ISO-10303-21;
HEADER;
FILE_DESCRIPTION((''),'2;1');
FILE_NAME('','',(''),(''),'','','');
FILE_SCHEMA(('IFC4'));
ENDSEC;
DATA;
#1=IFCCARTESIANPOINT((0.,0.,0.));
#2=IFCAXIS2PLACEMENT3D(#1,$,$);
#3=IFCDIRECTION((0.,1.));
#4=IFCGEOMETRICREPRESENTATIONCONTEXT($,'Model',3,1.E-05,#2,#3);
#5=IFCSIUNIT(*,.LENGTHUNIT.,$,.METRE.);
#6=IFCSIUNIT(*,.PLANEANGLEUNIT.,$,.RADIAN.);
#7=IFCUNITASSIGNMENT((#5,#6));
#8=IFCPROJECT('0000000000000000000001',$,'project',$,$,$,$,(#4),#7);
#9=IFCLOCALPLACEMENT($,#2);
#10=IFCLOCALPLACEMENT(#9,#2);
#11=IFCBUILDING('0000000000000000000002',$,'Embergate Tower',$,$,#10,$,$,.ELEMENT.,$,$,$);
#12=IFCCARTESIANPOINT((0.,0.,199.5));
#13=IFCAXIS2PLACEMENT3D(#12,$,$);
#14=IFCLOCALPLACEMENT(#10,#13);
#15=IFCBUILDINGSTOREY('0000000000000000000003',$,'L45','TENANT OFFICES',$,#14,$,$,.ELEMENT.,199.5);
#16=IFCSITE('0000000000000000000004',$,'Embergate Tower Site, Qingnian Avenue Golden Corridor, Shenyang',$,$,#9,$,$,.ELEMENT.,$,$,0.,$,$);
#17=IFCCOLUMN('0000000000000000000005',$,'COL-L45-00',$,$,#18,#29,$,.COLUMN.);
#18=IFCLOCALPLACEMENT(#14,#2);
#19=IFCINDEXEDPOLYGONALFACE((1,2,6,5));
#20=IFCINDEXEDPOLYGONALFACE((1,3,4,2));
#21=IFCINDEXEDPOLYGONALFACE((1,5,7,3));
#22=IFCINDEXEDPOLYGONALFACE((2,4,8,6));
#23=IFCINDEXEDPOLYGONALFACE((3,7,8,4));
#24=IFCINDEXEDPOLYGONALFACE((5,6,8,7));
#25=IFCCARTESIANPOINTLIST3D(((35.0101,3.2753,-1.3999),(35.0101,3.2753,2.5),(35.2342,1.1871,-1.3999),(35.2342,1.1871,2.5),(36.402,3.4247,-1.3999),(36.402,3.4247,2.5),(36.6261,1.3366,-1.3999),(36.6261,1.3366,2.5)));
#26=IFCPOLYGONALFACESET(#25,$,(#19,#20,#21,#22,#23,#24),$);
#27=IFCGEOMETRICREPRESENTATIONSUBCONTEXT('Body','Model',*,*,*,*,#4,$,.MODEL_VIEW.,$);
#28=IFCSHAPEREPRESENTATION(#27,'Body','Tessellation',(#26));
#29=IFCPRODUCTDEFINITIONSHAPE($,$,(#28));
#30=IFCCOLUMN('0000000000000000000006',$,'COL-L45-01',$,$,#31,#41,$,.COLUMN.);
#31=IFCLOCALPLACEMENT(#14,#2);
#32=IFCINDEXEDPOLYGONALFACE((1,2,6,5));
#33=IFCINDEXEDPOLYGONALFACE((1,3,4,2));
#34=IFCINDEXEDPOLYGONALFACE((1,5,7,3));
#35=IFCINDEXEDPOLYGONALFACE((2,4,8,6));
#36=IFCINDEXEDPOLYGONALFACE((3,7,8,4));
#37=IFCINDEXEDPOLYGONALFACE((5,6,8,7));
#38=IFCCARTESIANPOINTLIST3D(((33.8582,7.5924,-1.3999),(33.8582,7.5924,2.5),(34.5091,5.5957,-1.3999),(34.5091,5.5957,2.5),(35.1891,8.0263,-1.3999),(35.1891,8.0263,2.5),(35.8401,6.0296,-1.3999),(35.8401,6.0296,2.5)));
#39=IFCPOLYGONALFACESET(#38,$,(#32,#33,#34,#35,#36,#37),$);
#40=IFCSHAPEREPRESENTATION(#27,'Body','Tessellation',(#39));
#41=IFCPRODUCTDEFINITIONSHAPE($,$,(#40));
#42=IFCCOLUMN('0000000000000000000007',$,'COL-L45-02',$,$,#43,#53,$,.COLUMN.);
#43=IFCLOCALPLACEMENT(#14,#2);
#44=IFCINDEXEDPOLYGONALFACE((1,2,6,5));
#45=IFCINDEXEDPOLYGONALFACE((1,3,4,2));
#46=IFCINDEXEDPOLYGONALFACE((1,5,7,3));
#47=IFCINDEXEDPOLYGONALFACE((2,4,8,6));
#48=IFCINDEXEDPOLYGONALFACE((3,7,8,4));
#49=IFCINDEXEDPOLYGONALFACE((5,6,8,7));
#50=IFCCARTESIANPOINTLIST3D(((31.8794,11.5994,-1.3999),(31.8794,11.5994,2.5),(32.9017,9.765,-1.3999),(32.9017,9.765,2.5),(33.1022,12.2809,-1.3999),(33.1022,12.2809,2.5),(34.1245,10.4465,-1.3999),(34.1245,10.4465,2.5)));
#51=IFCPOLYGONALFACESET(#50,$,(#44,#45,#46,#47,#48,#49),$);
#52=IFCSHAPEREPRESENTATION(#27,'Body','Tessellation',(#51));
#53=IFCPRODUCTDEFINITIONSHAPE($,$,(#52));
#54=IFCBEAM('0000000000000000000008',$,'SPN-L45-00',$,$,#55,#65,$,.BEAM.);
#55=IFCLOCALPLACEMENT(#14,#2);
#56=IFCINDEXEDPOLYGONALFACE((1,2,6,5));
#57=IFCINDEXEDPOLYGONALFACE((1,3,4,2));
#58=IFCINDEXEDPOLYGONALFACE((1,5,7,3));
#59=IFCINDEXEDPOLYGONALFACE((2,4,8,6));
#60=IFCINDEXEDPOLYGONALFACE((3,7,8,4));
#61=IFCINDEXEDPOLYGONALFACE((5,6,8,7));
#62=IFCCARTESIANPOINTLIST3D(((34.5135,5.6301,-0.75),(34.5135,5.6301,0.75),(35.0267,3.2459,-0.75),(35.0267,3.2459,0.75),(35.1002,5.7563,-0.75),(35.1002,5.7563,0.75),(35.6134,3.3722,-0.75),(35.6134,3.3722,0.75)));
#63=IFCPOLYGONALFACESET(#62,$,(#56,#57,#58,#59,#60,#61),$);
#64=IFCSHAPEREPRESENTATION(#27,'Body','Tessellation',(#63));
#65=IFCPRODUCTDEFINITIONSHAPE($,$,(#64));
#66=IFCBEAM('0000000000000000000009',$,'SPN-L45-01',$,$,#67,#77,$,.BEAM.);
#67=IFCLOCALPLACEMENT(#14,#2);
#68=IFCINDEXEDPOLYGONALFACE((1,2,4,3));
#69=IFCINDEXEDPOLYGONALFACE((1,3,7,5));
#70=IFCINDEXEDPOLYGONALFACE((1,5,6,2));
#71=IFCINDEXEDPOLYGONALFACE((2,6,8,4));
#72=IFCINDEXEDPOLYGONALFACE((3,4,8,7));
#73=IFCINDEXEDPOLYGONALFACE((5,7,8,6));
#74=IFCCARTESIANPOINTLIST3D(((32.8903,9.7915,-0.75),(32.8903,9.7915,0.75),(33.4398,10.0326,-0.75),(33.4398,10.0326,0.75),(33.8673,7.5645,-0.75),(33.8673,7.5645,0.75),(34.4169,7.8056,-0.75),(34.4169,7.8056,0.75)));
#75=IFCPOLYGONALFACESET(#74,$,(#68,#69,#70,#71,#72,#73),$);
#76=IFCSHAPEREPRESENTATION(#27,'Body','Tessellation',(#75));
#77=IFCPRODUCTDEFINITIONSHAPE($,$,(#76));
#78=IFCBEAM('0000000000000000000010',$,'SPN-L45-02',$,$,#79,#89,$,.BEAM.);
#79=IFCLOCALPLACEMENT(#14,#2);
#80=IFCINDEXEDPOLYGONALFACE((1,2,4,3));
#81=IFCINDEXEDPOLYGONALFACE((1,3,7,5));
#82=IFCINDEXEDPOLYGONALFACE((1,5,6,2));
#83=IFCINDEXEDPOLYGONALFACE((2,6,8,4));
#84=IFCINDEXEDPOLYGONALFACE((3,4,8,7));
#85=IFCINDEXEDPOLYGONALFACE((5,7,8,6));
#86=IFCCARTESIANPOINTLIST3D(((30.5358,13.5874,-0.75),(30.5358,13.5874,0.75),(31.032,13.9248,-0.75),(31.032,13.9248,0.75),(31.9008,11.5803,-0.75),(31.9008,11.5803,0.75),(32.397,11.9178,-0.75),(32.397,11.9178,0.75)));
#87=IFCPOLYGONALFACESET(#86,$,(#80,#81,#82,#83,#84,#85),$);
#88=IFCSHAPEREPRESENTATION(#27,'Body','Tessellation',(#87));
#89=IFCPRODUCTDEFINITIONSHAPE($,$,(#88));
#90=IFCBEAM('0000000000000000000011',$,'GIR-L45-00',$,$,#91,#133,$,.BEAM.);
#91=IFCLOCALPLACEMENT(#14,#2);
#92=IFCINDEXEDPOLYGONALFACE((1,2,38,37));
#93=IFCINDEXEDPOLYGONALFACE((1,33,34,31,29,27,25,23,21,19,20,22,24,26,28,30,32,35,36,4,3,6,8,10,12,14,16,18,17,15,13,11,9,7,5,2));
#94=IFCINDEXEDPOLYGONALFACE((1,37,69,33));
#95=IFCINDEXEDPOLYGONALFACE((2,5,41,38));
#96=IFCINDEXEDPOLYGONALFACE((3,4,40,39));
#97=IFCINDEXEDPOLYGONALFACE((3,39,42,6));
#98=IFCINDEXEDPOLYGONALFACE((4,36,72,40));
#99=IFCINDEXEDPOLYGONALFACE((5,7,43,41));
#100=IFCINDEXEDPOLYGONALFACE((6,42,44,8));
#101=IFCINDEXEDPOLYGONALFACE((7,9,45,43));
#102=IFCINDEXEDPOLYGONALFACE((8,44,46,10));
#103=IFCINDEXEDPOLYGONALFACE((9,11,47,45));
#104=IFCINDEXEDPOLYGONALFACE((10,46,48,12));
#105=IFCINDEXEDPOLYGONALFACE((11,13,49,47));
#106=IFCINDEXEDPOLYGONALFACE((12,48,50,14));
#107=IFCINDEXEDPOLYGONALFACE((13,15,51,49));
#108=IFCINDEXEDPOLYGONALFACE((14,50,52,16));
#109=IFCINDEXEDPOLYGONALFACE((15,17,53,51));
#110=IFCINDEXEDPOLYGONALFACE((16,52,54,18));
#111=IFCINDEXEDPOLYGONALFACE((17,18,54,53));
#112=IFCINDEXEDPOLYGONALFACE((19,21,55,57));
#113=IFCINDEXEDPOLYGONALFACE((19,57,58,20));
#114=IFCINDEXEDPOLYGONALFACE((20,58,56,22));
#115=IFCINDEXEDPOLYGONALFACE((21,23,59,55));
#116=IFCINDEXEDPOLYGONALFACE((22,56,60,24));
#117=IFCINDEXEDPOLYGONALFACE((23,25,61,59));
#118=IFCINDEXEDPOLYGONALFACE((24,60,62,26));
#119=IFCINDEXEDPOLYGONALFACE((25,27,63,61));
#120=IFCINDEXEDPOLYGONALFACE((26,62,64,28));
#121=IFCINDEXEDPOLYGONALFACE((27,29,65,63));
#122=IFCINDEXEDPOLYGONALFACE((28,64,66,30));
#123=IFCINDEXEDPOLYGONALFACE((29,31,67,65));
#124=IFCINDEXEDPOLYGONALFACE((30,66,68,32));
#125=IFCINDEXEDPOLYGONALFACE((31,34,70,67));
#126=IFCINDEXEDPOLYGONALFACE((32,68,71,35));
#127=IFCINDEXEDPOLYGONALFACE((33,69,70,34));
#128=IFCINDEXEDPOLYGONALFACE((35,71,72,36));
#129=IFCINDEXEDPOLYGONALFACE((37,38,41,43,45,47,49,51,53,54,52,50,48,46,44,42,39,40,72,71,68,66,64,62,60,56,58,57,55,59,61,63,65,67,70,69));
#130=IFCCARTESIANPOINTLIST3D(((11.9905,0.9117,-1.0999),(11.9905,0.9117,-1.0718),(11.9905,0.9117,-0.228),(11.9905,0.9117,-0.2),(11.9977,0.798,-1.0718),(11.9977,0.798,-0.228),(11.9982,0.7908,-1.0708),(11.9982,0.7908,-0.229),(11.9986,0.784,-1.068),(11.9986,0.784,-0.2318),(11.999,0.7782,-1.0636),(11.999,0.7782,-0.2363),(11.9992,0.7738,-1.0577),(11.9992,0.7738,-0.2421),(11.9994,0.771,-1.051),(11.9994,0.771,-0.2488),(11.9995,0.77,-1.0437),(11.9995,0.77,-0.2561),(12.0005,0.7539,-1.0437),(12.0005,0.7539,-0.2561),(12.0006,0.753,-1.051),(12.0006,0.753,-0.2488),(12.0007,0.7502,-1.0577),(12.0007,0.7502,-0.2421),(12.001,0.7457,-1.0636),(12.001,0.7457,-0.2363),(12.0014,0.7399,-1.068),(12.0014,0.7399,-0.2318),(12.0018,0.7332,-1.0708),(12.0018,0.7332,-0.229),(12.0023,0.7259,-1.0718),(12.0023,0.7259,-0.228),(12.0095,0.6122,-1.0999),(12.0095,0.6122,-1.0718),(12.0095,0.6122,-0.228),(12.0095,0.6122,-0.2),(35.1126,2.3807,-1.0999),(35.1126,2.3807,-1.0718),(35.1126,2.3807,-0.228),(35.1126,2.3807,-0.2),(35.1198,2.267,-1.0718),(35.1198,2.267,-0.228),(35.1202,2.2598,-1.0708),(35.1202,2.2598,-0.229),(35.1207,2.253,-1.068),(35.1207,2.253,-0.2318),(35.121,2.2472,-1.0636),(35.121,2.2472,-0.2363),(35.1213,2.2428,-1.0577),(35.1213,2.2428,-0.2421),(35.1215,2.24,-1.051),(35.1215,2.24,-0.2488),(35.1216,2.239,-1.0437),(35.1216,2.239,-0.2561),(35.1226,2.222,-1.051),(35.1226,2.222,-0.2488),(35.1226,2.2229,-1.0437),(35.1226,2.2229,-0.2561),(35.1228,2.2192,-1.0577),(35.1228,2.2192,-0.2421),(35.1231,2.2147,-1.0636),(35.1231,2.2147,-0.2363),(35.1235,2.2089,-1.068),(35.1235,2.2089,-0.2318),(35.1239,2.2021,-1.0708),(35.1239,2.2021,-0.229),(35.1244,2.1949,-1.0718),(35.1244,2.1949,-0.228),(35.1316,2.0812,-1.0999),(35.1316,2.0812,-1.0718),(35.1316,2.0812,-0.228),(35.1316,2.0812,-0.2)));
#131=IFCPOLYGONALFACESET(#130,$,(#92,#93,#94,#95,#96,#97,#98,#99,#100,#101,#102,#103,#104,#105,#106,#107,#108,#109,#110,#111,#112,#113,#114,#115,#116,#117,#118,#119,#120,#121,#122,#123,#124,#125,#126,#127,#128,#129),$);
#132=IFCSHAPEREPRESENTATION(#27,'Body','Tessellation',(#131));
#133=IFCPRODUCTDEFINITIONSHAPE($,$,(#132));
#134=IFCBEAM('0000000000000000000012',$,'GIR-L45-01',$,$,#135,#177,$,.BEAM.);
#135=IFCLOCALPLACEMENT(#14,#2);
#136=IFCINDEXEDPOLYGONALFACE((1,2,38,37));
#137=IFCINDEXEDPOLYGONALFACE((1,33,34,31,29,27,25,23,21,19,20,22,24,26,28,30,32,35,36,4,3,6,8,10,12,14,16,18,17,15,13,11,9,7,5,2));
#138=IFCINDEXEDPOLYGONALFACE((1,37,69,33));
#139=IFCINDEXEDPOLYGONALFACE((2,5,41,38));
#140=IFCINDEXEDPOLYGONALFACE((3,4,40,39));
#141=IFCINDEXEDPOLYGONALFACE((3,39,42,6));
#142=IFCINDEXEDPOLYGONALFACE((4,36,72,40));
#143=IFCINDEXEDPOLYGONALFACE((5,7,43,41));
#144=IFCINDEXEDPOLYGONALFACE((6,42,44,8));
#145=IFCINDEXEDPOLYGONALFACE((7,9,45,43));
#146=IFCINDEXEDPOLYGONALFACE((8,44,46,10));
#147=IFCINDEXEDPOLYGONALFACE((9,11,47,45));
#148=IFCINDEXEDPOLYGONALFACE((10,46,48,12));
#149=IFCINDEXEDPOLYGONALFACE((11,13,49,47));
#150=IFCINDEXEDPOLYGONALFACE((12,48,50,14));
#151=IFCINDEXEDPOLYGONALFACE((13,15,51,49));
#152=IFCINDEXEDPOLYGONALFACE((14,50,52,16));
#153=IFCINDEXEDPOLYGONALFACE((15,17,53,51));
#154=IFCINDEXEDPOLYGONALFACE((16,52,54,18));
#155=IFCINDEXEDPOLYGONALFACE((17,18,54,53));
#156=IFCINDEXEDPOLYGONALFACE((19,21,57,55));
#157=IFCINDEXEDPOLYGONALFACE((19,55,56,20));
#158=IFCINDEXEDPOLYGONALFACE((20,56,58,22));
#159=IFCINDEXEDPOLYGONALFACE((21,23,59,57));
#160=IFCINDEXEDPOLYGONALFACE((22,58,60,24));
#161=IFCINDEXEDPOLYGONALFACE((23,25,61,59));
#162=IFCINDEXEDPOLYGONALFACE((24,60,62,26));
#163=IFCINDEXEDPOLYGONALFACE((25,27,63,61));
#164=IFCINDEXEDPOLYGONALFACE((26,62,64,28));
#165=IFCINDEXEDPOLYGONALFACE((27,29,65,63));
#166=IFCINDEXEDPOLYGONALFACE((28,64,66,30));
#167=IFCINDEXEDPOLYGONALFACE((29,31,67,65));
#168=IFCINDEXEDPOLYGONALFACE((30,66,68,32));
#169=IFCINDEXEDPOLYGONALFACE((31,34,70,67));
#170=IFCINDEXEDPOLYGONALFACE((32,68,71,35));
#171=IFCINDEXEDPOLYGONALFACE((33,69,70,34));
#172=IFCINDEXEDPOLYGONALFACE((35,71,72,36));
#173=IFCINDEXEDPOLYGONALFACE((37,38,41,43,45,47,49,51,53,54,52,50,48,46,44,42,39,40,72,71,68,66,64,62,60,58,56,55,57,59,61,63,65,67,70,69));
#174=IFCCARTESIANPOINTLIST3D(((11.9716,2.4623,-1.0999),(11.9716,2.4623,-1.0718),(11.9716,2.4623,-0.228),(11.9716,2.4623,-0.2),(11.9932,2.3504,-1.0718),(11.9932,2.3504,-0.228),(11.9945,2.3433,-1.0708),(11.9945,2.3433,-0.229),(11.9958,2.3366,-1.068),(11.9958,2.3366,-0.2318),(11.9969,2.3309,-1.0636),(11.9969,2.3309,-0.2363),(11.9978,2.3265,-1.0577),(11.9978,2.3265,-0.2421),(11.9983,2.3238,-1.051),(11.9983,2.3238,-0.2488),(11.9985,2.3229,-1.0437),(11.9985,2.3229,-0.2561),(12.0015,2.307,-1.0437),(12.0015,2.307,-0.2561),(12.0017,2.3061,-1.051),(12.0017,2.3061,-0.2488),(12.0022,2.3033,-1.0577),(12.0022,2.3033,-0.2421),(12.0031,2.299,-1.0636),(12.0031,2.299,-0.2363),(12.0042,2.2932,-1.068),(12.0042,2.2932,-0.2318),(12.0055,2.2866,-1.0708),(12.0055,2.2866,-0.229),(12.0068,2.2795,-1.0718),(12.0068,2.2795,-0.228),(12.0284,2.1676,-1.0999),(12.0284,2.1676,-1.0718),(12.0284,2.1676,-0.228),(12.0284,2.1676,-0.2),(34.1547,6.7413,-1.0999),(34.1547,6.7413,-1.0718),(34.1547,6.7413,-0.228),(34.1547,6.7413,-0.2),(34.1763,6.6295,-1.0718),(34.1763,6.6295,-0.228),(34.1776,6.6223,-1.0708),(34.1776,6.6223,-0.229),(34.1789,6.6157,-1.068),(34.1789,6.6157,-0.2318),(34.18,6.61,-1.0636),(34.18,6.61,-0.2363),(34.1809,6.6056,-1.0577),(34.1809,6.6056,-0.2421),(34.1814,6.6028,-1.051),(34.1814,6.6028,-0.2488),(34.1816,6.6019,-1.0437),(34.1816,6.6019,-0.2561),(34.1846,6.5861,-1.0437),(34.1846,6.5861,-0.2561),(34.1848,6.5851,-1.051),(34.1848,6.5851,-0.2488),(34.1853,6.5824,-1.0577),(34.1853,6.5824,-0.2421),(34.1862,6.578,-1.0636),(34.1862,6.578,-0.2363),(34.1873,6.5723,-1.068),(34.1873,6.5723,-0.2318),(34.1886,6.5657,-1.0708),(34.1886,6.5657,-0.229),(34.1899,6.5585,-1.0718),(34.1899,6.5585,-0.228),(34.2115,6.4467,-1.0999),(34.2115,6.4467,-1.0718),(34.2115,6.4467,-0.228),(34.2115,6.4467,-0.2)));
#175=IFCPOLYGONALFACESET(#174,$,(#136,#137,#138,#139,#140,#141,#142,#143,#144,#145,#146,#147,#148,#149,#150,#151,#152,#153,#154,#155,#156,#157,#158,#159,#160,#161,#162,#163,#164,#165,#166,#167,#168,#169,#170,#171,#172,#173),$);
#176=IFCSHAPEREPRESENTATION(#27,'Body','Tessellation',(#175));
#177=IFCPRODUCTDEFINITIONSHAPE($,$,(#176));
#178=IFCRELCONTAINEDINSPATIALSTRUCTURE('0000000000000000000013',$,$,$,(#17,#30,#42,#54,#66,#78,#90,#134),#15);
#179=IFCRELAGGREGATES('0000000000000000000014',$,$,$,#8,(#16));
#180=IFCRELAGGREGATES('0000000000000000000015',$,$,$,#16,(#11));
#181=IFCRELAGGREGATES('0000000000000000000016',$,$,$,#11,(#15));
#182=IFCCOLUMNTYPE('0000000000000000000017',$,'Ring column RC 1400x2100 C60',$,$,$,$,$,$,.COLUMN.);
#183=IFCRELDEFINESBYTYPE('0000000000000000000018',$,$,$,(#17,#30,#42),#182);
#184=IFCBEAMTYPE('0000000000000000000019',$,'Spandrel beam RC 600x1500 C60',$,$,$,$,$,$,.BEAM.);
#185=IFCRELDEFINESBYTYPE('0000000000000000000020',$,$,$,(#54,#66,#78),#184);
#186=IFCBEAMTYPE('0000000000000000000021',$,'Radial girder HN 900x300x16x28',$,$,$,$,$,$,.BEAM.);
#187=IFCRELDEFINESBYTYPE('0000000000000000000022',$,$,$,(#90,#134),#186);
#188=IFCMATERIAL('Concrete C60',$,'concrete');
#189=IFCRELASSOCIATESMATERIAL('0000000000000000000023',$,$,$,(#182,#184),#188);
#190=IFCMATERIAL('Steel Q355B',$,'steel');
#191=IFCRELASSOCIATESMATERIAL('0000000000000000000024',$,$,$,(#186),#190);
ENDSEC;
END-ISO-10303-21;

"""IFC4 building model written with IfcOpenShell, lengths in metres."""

from ifc_helpers import new_model, si_unit, direction, frame, origin, origin_2d, place, context, subcontext, project, spatial, rectangle, i_section, extrude, source, transform, mapped, material, material_profile, profile_set, type_object, element, save


model = new_model("IFC4")

# Units and contexts
model_context = context("Model", 3, precision=1e-05, world=origin(), true_north=direction((0.0, 1.0)))
body_context = subcontext(model_context, "Body", "Model", "MODEL_VIEW")
ifc_project = project(units=[si_unit("LENGTHUNIT", "METRE"), si_unit("PLANEANGLEUNIT", "RADIAN")], contexts=[model_context])

# Site, building, storey
site_placement = place(None, origin())
site = spatial("IfcSite", under=ifc_project, at=site_placement, Name="Embergate Tower Site, Qingnian Avenue Golden Corridor, Shenyang", CompositionType="ELEMENT", RefElevation=0.0)
building_placement = place(site_placement, origin())
building = spatial("IfcBuilding", under=site, at=building_placement, Name="Embergate Tower", CompositionType="ELEMENT")
storey_placement = place(building_placement, frame((0.0, 0.0, 199.5)))
storey = spatial("IfcBuildingStorey", under=building, at=storey_placement, Name="L45", Description="TENANT OFFICES", CompositionType="ELEMENT", Elevation=199.5)

# Columns
ifc_material_1 = material(Name="Concrete C60", Category="concrete")
ifc_material_profile_1 = material_profile(ifc_material_1, rectangle(XDim=1.3999, YDim=2.1001, at=origin_2d()), Name="RC 1400x2100")
ifc_profile_set_1 = profile_set([ifc_material_profile_1], Name="Concrete C60")
column_type = type_object("IfcColumnType", Name="Ring column RC 1400x2100 C60", PredefinedType="COLUMN", material=ifc_profile_set_1)
shared_shape_1 = source(origin(), body_context, "Body", "SweptSolid", [
    extrude(rectangle(XDim=1.3999, YDim=2.1001, at=origin_2d()), origin(), (0.0, 0.0, 1.0), 3.8999),
])
for number, where, z_axis, x_axis, name in (
    (1, (35.8181, 2.3059, -1.3999), (0.0, 0.0, 1.0), (0.994288, 0.106733, 0.0), "COL-L45-00"),
    (2, (34.8491, 6.811, -1.3999), (0.0, 0.0, 1.0), (0.950754, 0.309946, 0.0), "COL-L45-01"),
    (3, (33.002, 11.0229, -1.3999), (0.0, 0.0, 1.0), (0.8735, 0.486823, 0.0), "COL-L45-02"),
):
    element("IfcColumn", number, at=place(storey_placement, frame(where, z_axis=z_axis, x_axis=x_axis)), inside=storey, type_object=column_type, Name=name, PredefinedType="COLUMN", context=body_context, shape_type="MappedRepresentation", body=[
        mapped(shared_shape_1, transform((0.0, 0.0, 0.0))),
    ])

# Beams
ifc_material_profile_2 = material_profile(ifc_material_1, rectangle(XDim=0.6001, YDim=1.5, at=origin_2d()), Name="RC 600x1500")
ifc_profile_set_2 = profile_set([ifc_material_profile_2], Name="Concrete C60")
beam_type_1 = type_object("IfcBeamType", Name="Spandrel beam RC 600x1500 C60", PredefinedType="BEAM", material=ifc_profile_set_2)
shared_shape_2 = source(origin(), body_context, "Body", "SweptSolid", [
    extrude(rectangle(XDim=0.6001, YDim=1.5, at=origin_2d()), origin(), (0.0, 0.0, 1.0), 2.4387),
])
beam_1_placement = place(storey_placement, frame((35.3201, 3.3091, 0.0), z_axis=(-0.210438, 0.977607, 0.0), x_axis=(-0.977607, -0.210438, 0.0)))
element("IfcBeam", 4, at=beam_1_placement, inside=storey, type_object=beam_type_1, Name="SPN-L45-00", PredefinedType="BEAM", context=body_context, shape_type="MappedRepresentation", body=[
    mapped(shared_shape_2, transform((0.0, 0.0, 0.0))),
])
shared_shape_3 = source(origin(), body_context, "Body", "SweptSolid", [
    extrude(rectangle(XDim=0.6001, YDim=1.5, at=origin_2d()), origin(), (0.0, 0.0, 1.0), 2.4319),
])
beam_2_placement = place(storey_placement, frame((34.1421, 7.6851, 0.0), z_axis=(-0.401756, 0.915747, 0.0), x_axis=(-0.915747, -0.401756, 0.0)))
element("IfcBeam", 5, at=beam_2_placement, inside=storey, type_object=beam_type_1, Name="SPN-L45-01", PredefinedType="BEAM", context=body_context, shape_type="MappedRepresentation", body=[
    mapped(shared_shape_3, transform((0.0, 0.0, 0.0))),
])
shared_shape_4 = source(origin(), body_context, "Body", "SweptSolid", [
    extrude(rectangle(XDim=0.6001, YDim=1.5, at=origin_2d()), origin(), (0.0, 0.0, 1.0), 2.4272),
])
beam_3_placement = place(storey_placement, frame((32.1489, 11.749, 0.0), z_axis=(-0.56236, 0.826893, 0.0), x_axis=(-0.826893, -0.56236, 0.0)))
element("IfcBeam", 6, at=beam_3_placement, inside=storey, type_object=beam_type_1, Name="SPN-L45-02", PredefinedType="BEAM", context=body_context, shape_type="MappedRepresentation", body=[
    mapped(shared_shape_4, transform((0.0, 0.0, 0.0))),
])
ifc_material_2 = material(Name="Steel Q355B", Category="steel")
ifc_material_profile_3 = material_profile(ifc_material_2, i_section(OverallWidth=0.3, OverallDepth=0.8999, WebThickness=0.0161, FlangeThickness=0.0281, FilletRadius=0.0281, at=origin_2d()), Name="HN 900x300x16x28")
ifc_profile_set_3 = profile_set([ifc_material_profile_3], Name="Steel Q355 grade B")
beam_type_2 = type_object("IfcBeamType", Name="Radial girder HN 900x300x16x28", PredefinedType="BEAM", material=ifc_profile_set_3)
shared_shape_5 = source(origin(), body_context, "Body", "SweptSolid", [
    extrude(i_section(OverallWidth=0.3, OverallDepth=0.8999, WebThickness=0.0161, FlangeThickness=0.0281, FilletRadius=0.0281, at=origin_2d()), origin(), (0.0, 0.0, 1.0), 23.1687),
])
beam_4_placement = place(storey_placement, frame((35.1221, 2.231, -0.6499), z_axis=(-0.997988, -0.063404, 0.0), x_axis=(0.063404, -0.997988, 0.0)))
element("IfcBeam", 7, at=beam_4_placement, inside=storey, type_object=beam_type_2, Name="GIR-L45-00", PredefinedType="BEAM", context=body_context, shape_type="MappedRepresentation", body=[
    mapped(shared_shape_5, transform((0.0, 0.0, 0.0))),
])
shared_shape_6 = source(origin(), body_context, "Body", "SweptSolid", [
    extrude(i_section(OverallWidth=0.3, OverallDepth=0.8999, WebThickness=0.0161, FlangeThickness=0.0281, FilletRadius=0.0281, at=origin_2d()), origin(), (0.0, 0.0, 1.0), 22.592),
])
beam_5_placement = place(storey_placement, frame((34.1831, 6.594, -0.6499), z_axis=(-0.981899, -0.189405, 0.0), x_axis=(0.189405, -0.981899, 0.0)))
element("IfcBeam", 8, at=beam_5_placement, inside=storey, type_object=beam_type_2, Name="GIR-L45-01", PredefinedType="BEAM", context=body_context, shape_type="MappedRepresentation", body=[
    mapped(shared_shape_6, transform((0.0, 0.0, 0.0))),
])

save(model, "model.ifc")
